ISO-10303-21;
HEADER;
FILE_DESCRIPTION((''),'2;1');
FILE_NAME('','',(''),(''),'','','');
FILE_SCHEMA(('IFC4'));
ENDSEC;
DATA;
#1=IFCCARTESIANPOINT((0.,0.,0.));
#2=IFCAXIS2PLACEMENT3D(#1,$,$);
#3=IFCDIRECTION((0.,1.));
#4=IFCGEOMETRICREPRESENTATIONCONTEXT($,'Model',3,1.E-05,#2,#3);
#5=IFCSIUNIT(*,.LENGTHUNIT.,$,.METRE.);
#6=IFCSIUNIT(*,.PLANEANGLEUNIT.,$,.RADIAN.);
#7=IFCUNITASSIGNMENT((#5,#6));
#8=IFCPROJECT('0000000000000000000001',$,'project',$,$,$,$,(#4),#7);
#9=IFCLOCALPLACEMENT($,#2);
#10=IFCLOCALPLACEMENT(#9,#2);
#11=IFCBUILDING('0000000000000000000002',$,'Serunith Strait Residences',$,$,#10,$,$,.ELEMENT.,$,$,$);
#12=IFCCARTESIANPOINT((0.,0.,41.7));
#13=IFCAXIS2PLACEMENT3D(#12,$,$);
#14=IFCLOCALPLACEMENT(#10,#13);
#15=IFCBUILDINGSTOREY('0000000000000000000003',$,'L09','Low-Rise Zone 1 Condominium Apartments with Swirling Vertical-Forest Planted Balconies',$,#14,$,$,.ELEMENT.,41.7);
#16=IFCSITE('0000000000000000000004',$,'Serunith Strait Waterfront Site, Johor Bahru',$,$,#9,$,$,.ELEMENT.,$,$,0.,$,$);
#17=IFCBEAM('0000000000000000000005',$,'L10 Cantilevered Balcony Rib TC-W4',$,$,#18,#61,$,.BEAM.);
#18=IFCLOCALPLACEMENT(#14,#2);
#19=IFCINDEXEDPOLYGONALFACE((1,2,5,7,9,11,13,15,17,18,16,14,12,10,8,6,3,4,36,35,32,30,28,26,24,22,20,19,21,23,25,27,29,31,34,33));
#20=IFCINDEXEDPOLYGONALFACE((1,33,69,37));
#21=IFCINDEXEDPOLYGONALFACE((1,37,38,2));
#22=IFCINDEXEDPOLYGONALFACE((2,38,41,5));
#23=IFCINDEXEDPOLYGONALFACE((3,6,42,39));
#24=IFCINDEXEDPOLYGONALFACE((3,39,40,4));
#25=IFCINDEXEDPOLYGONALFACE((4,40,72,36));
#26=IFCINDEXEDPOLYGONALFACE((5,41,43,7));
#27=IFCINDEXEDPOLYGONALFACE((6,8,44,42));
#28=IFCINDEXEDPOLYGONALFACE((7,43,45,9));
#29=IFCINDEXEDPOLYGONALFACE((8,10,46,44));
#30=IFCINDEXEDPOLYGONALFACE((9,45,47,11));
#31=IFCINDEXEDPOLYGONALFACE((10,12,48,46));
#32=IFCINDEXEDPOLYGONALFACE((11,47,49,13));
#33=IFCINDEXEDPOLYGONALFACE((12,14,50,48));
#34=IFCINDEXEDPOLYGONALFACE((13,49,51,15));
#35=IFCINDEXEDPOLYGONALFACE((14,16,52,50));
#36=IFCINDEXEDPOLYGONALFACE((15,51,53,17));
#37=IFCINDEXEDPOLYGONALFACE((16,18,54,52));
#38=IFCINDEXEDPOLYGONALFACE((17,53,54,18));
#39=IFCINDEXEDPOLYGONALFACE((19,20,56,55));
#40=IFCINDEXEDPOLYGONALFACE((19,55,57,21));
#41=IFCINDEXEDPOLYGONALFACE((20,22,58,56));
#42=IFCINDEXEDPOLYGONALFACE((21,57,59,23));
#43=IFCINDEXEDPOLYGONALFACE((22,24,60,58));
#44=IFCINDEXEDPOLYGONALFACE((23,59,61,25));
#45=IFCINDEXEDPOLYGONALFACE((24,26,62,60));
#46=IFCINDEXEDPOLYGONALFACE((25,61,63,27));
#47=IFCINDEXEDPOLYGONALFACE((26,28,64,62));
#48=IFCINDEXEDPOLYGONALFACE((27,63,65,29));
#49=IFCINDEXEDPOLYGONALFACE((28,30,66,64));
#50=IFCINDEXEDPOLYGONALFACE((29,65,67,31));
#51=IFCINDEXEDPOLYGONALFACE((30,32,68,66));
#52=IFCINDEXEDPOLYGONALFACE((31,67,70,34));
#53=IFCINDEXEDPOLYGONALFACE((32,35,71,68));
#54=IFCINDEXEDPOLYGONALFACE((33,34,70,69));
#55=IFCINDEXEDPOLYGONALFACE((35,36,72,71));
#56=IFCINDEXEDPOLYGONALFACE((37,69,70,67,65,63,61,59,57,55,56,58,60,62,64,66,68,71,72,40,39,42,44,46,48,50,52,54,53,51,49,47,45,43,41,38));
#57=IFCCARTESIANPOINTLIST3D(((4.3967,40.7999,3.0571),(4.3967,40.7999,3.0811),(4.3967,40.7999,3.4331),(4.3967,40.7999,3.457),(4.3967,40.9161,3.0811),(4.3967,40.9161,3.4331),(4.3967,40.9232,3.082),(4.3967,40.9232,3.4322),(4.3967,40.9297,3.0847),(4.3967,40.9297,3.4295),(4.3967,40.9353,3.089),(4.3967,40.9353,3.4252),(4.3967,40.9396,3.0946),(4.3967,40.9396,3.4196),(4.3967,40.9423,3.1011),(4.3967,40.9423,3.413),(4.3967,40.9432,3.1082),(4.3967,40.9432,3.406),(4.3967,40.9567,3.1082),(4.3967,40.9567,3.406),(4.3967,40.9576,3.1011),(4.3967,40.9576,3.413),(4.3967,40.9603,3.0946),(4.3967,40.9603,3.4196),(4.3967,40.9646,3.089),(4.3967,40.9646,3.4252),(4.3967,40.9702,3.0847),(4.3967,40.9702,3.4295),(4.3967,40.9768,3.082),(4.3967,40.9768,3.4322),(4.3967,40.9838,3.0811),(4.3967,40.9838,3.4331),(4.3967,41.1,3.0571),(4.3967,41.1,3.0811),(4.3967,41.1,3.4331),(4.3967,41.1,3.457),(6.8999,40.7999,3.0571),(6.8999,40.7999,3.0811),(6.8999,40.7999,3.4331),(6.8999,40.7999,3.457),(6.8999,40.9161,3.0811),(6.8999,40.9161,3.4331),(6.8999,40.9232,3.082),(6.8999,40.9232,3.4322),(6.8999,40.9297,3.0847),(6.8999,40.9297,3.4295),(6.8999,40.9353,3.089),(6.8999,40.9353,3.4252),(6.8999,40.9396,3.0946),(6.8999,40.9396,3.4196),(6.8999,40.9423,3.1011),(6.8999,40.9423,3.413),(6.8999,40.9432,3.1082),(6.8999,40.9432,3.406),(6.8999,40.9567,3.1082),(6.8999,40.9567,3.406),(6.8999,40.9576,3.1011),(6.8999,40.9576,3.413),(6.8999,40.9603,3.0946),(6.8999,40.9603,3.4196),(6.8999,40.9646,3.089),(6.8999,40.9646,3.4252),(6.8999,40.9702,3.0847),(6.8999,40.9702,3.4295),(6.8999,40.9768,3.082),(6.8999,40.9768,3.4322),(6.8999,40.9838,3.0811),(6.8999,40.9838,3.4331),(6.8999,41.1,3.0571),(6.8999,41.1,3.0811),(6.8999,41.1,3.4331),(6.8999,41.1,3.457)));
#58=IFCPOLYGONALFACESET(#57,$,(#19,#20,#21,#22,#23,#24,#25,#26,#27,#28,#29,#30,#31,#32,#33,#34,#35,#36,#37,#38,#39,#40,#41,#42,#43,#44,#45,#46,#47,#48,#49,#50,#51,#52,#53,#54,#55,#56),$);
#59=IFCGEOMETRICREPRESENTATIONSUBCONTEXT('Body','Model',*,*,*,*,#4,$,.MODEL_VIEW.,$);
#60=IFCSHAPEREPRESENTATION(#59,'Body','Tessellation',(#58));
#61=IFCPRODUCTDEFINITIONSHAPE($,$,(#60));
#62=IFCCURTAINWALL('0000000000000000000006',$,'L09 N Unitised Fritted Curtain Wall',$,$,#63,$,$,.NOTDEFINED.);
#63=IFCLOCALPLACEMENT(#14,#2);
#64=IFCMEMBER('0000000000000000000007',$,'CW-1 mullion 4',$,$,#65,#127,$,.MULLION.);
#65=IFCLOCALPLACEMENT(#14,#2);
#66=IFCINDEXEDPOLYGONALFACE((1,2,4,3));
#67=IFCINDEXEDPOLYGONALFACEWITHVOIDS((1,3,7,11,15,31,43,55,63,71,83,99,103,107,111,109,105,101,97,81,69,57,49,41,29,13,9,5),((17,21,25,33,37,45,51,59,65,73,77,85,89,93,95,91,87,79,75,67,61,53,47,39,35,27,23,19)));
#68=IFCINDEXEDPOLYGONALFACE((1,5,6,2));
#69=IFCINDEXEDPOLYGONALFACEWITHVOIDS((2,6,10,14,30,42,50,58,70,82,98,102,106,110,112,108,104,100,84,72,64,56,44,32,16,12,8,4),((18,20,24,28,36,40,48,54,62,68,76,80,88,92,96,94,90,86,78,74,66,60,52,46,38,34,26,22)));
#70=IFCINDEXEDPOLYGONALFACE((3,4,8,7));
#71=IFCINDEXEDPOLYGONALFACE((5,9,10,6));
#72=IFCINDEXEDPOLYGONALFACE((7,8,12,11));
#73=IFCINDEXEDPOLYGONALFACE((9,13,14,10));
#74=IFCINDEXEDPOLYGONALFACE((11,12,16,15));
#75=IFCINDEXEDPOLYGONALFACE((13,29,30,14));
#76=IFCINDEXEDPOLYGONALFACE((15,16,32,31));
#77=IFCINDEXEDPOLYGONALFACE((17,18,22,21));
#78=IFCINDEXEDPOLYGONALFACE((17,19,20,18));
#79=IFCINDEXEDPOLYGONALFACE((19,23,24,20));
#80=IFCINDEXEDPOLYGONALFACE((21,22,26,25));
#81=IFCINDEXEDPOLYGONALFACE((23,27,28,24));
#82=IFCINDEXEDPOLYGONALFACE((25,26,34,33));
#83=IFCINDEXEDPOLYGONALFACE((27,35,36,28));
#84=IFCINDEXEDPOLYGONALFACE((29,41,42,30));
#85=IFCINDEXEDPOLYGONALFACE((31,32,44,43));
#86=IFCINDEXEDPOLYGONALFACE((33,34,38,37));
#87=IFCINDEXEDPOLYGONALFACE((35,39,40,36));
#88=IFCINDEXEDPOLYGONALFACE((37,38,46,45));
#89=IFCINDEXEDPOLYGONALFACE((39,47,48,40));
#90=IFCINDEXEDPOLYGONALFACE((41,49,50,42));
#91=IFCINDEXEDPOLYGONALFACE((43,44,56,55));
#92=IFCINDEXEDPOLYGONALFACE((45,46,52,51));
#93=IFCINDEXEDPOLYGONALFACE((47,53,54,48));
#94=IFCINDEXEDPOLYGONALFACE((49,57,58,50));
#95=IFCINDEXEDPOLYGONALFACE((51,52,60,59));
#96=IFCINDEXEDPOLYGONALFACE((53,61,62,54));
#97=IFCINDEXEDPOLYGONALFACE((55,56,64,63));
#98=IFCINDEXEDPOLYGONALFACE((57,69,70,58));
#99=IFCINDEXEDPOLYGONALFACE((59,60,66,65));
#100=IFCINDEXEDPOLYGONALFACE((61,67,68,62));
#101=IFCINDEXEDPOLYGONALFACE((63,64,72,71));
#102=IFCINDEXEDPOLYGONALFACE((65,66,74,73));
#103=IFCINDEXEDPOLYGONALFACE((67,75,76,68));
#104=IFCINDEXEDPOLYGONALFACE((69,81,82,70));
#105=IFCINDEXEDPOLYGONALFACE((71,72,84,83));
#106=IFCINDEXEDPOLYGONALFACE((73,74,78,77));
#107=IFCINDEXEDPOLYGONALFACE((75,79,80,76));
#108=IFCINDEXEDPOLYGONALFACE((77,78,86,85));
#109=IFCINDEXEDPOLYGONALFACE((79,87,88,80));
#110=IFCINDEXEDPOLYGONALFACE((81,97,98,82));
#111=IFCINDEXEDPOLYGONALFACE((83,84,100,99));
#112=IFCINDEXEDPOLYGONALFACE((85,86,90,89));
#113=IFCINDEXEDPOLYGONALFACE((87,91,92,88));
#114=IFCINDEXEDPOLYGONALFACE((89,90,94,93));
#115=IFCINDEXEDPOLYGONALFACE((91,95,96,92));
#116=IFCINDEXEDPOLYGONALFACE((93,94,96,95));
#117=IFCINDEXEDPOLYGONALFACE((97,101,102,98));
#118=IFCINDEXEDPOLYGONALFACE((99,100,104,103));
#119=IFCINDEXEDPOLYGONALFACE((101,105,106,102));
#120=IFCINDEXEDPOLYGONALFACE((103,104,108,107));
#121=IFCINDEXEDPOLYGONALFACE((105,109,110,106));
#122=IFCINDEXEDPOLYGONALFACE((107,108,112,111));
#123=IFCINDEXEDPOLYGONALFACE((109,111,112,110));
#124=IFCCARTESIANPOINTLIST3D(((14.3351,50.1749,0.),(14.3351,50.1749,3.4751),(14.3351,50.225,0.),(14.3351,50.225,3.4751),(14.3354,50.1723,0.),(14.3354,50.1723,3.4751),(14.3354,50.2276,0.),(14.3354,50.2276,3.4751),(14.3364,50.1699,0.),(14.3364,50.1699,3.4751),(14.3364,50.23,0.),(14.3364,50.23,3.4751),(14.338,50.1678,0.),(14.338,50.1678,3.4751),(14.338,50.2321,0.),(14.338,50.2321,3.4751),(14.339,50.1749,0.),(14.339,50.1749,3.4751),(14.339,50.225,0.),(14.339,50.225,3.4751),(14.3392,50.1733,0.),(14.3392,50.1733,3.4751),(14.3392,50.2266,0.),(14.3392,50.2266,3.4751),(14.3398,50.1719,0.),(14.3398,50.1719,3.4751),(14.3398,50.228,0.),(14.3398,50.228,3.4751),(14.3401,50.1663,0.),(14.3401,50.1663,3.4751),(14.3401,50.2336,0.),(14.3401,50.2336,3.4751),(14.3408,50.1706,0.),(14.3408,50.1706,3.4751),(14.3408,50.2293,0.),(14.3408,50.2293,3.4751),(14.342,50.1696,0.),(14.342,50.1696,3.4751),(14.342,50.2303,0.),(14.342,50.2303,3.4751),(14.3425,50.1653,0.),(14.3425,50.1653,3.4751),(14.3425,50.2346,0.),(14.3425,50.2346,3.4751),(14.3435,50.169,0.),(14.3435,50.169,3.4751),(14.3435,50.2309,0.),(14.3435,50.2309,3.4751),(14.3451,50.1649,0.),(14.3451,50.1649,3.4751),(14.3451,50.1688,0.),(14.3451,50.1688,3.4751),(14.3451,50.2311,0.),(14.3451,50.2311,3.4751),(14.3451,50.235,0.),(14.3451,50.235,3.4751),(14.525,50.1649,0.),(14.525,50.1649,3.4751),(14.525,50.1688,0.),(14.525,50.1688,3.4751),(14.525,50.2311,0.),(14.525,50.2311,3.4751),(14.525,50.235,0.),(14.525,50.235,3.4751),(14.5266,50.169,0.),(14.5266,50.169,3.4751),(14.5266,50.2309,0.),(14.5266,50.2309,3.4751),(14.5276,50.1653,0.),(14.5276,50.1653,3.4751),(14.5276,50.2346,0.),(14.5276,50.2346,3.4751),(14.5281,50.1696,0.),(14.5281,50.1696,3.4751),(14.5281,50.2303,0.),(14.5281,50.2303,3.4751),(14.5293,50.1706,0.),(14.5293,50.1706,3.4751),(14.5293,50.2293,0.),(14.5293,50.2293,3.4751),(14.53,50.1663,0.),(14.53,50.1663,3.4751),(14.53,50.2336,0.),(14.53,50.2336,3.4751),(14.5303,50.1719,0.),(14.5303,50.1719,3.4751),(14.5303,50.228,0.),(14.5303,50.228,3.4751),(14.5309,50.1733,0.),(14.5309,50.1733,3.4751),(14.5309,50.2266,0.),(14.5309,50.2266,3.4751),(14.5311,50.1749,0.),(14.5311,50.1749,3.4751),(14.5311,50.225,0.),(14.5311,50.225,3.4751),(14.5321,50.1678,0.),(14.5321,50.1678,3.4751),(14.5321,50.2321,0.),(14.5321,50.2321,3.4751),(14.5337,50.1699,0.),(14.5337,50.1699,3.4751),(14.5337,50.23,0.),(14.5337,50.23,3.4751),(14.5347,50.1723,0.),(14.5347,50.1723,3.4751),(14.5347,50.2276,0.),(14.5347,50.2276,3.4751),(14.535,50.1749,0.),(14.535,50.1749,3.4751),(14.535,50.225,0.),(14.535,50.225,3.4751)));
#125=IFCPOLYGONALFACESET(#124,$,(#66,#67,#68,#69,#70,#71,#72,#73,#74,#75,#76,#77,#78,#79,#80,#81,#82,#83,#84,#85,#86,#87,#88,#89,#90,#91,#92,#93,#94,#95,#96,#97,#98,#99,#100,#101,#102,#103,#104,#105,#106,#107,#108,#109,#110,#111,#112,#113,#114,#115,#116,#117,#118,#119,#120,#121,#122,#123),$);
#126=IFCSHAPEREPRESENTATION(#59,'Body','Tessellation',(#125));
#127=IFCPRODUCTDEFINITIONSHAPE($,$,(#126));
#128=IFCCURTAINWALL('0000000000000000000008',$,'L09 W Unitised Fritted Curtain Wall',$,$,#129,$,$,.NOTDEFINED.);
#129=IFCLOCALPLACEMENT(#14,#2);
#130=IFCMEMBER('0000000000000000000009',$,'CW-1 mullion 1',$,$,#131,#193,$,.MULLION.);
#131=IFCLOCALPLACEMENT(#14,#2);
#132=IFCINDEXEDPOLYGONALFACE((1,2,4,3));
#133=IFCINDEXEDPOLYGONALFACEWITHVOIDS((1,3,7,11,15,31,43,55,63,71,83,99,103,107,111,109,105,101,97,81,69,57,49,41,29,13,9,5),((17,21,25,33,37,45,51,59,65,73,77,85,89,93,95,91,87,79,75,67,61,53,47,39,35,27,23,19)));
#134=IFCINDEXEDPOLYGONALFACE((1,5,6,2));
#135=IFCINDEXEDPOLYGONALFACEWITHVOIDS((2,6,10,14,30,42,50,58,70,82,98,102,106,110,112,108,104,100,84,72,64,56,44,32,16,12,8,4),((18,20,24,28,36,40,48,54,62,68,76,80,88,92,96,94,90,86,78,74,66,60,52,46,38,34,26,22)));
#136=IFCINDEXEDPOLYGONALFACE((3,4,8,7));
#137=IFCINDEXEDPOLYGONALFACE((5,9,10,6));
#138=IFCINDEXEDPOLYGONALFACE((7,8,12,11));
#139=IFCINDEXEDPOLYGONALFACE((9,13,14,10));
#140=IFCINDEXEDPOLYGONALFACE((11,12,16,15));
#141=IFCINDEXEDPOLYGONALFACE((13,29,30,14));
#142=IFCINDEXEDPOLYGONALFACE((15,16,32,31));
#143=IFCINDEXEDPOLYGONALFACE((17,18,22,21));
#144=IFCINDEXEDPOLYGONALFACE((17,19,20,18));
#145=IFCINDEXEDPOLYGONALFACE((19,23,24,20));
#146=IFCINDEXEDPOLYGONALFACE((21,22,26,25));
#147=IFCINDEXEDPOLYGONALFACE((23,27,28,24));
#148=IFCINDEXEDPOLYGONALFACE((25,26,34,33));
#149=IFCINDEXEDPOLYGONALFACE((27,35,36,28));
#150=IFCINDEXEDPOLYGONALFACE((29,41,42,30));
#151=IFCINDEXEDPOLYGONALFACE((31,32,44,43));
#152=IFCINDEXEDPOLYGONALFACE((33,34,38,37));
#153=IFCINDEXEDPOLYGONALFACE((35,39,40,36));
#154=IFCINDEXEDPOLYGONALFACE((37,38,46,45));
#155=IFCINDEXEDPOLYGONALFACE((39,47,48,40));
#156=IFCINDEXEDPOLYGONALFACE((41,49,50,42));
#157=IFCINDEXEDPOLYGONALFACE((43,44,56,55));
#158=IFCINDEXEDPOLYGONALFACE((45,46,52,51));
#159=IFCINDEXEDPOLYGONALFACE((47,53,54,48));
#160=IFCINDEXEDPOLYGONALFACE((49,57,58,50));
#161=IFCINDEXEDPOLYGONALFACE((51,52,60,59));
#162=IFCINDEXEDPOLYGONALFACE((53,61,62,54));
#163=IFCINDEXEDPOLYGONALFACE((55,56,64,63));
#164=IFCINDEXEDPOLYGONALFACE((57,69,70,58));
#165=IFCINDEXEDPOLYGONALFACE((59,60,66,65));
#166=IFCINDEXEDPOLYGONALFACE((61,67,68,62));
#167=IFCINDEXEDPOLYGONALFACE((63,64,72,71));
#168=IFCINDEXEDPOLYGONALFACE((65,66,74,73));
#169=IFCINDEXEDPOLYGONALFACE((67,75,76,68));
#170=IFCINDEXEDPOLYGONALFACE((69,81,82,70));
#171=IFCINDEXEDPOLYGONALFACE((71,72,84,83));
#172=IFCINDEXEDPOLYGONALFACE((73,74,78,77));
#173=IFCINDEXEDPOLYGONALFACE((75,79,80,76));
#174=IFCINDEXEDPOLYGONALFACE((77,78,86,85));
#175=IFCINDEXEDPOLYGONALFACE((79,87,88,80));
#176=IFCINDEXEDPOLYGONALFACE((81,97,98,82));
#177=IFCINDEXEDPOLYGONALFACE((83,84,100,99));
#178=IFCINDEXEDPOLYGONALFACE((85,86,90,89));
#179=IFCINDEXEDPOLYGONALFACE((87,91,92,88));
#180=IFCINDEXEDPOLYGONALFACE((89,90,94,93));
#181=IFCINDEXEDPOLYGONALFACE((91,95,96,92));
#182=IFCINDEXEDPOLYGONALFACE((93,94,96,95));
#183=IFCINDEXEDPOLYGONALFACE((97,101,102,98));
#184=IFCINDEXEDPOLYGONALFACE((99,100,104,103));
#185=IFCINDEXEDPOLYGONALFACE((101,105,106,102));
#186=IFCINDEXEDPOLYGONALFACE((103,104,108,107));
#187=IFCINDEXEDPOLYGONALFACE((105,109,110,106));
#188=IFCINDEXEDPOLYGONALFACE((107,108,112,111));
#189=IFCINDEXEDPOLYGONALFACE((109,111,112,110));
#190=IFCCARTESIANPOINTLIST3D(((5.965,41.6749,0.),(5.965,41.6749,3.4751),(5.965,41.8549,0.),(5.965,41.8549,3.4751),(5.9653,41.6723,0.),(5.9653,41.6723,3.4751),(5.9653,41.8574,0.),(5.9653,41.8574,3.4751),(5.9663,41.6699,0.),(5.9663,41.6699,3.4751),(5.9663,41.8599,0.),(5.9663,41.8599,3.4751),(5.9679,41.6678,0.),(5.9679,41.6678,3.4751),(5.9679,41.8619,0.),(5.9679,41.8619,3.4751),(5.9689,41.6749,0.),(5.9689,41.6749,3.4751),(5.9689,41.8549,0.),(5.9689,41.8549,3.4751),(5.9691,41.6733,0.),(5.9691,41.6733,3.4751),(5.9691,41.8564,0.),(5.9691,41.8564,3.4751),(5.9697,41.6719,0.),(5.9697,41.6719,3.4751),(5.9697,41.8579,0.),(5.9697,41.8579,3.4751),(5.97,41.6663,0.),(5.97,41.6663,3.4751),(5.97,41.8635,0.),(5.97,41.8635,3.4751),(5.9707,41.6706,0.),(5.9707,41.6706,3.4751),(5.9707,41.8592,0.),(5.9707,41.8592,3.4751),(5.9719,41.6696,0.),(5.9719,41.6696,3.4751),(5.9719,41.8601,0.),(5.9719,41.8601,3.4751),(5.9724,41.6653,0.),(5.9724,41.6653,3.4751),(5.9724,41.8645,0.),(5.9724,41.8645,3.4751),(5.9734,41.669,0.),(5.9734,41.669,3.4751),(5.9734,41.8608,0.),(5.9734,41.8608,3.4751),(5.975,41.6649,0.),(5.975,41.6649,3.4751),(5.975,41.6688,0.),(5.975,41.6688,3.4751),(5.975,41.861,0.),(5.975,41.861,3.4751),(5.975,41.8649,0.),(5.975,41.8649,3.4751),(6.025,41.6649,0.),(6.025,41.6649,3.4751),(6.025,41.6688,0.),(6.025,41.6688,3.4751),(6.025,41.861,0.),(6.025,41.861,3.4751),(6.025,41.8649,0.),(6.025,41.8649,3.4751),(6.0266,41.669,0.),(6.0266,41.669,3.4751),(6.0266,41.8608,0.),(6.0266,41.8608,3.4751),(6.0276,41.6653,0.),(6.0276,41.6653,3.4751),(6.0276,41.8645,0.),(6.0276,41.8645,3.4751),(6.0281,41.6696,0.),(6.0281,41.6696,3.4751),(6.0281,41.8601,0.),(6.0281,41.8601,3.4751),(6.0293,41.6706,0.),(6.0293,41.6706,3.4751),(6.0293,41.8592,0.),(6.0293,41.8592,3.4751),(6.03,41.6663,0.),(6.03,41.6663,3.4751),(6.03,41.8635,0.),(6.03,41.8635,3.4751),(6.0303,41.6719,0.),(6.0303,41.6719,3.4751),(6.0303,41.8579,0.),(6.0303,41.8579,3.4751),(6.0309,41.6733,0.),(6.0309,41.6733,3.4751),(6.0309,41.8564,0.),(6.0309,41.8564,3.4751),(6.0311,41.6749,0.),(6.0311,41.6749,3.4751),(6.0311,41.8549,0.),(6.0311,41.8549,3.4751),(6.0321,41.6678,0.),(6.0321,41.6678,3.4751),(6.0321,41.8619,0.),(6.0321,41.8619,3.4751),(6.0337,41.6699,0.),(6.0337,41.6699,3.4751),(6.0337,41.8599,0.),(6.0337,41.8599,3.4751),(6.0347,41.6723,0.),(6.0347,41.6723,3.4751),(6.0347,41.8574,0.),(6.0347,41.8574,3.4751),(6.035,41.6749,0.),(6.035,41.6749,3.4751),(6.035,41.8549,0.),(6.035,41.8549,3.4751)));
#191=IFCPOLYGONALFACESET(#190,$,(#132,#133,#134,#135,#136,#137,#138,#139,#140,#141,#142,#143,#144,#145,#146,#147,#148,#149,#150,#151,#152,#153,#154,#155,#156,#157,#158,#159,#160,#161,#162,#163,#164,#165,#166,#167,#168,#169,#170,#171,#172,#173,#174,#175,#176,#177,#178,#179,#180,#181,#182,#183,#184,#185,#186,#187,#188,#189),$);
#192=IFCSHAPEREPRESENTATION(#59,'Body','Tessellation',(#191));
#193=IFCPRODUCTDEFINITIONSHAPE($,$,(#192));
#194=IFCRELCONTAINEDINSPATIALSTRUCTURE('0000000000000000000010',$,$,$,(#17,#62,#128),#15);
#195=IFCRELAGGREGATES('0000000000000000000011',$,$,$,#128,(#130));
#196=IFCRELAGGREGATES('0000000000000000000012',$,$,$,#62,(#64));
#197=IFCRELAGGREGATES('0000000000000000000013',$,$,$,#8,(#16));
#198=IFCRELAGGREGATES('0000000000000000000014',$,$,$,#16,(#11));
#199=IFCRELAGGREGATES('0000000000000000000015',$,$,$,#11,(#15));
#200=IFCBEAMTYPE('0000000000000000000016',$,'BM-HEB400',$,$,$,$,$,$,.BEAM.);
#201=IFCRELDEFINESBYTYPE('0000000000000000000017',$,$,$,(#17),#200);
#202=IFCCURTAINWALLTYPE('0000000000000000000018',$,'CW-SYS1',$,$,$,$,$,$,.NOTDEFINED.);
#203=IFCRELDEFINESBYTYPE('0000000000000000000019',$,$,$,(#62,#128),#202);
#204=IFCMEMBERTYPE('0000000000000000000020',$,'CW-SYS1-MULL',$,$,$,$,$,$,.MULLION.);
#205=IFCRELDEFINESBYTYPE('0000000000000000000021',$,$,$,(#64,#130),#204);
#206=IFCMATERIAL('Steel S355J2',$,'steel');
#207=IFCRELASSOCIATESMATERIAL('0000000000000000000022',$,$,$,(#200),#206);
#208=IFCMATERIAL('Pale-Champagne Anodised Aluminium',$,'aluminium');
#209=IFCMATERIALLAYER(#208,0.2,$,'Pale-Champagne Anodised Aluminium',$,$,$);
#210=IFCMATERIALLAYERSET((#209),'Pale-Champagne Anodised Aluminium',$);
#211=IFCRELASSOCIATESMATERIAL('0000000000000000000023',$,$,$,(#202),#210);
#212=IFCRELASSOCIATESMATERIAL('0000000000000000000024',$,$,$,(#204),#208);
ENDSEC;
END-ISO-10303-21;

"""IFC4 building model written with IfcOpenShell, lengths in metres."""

from ifc_helpers import new_model, si_unit, direction, frame, origin, origin_2d, place, context, subcontext, project, spatial, hollow_rectangle, i_section, extrude, source, transform, mapped, material, layer, layer_set, material_profile, profile_set, type_object, element, aggregate, save


model = new_model("IFC4")

# Units and contexts
model_context = context("Model", 3, precision=1e-05, world=origin(), true_north=direction((0.0, 1.0)))
body_context = subcontext(model_context, "Body", "Model", "MODEL_VIEW")
ifc_project = project(units=[si_unit("LENGTHUNIT", "METRE"), si_unit("PLANEANGLEUNIT", "RADIAN")], contexts=[model_context])

# Site, building, storey
site_placement = place(None, origin())
site = spatial("IfcSite", under=ifc_project, at=site_placement, Name="Serunith Strait Waterfront Site, Johor Bahru", CompositionType="ELEMENT", RefElevation=0.0)
building_placement = place(site_placement, origin())
building = spatial("IfcBuilding", under=site, at=building_placement, Name="Serunith Strait Residences", CompositionType="ELEMENT")
storey_placement = place(building_placement, frame((0.0, 0.0, 41.7)))
storey = spatial("IfcBuildingStorey", under=building, at=storey_placement, Name="L09", Description="Low-Rise Zone 1 Condominium Apartments with Swirling Vertical-Forest Planted Balconies", CompositionType="ELEMENT", Elevation=41.7)

# Beam
ifc_material_1 = material(Name="Steel S355J2", Category="steel")
ifc_material_profile_1 = material_profile(ifc_material_1, i_section(OverallWidth=0.3, OverallDepth=0.3999, WebThickness=0.0134, FlangeThickness=0.0239, FilletRadius=0.0271, at=origin_2d()), Name="HEB 400")
ifc_profile_set_1 = profile_set([ifc_material_profile_1], Name="Steel S355J2")
beam_type_1 = type_object("IfcBeamType", Name="BM-HEB400", PredefinedType="BEAM", material=ifc_profile_set_1)
shared_shape_1 = source(origin(), body_context, "Body", "SweptSolid", [
    extrude(i_section(OverallWidth=0.3, OverallDepth=0.3999, WebThickness=0.0134, FlangeThickness=0.0239, FilletRadius=0.0271, at=origin_2d()), origin(), (0.0, 0.0, 1.0), 2.5032),
])
beam_1_placement = place(storey_placement, frame((6.8999, 40.95, 3.2571), z_axis=(-1.0, 0.0, 0.0), x_axis=(0.0, -1.0, 0.0)))
element("IfcBeam", 1, at=beam_1_placement, inside=storey, type_object=beam_type_1, Name="L10 Cantilevered Balcony Rib TC-W4", PredefinedType="BEAM", context=body_context, shape_type="MappedRepresentation", body=[
    mapped(shared_shape_1, transform((0.0, 0.0, 0.0), scale=1.0)),
])

# Curtain wall, member
ifc_material_2 = material(Name="Pale-Champagne Anodised Aluminium", Category="aluminium")
ifc_layer_1 = layer(ifc_material_2, 0.2, Name="Pale-Champagne Anodised Aluminium")
ifc_layer_set_1 = layer_set([ifc_layer_1], Name="Pale-Champagne Anodised Aluminium")
curtain_wall_type = type_object("IfcCurtainWallType", Name="CW-SYS1", PredefinedType="NOTDEFINED", material=ifc_layer_set_1)
curtain_wall_1_placement = place(storey_placement, origin())
curtain_wall_1 = element("IfcCurtainWall", 2, at=curtain_wall_1_placement, inside=storey, type_object=curtain_wall_type, Name="L09 N Unitised Fritted Curtain Wall", PredefinedType="NOTDEFINED")
ifc_material_profile_2 = material_profile(ifc_material_2, hollow_rectangle(XDim=0.0701, YDim=0.2, WallThickness=0.0039, InnerFilletRadius=0.0061, OuterFilletRadius=0.01, at=origin_2d()), Name="ALU 200x70x4")
ifc_profile_set_2 = profile_set([ifc_material_profile_2], Name="Pale-Champagne Anodised Aluminium")
member_type_1 = type_object("IfcMemberType", Name="CW-SYS1-MULL", PredefinedType="MULLION", material=ifc_profile_set_2)
shared_shape_2 = source(origin(), body_context, "Body", "SweptSolid", [
    extrude(hollow_rectangle(XDim=0.0701, YDim=0.2, WallThickness=0.0039, InnerFilletRadius=0.0061, OuterFilletRadius=0.01, at=origin_2d()), origin(), (0.0, 0.0, 1.0), 3.4751),
])
member_1_placement = place(storey_placement, frame((14.4351, 50.2, 0.0), z_axis=(0.0, 0.0, 1.0), x_axis=(0.0, -1.0, 0.0)))
member_1 = element("IfcMember", 3, at=member_1_placement, type_object=member_type_1, Name="CW-1 mullion 4", PredefinedType="MULLION", context=body_context, shape_type="MappedRepresentation", body=[
    mapped(shared_shape_2, transform((0.0, 0.0, 0.0), scale=1.0)),
])

# Curtain wall, member
curtain_wall_2_placement = place(storey_placement, origin())
curtain_wall_2 = element("IfcCurtainWall", 4, at=curtain_wall_2_placement, inside=storey, type_object=curtain_wall_type, Name="L09 W Unitised Fritted Curtain Wall", PredefinedType="NOTDEFINED")
member_2_placement = place(storey_placement, frame((6.0, 41.7649, 0.0), z_axis=(0.0, 0.0, 1.0), x_axis=(1.0, 0.0, 0.0)))
member_2 = element("IfcMember", 5, at=member_2_placement, type_object=member_type_1, Name="CW-1 mullion 1", PredefinedType="MULLION", context=body_context, shape_type="MappedRepresentation", body=[
    mapped(shared_shape_2, transform((0.0, 0.0, 0.0), scale=1.0)),
])
aggregate(curtain_wall_2, [member_2])

aggregate(curtain_wall_1, [member_1])

save(model, "model.ifc")
